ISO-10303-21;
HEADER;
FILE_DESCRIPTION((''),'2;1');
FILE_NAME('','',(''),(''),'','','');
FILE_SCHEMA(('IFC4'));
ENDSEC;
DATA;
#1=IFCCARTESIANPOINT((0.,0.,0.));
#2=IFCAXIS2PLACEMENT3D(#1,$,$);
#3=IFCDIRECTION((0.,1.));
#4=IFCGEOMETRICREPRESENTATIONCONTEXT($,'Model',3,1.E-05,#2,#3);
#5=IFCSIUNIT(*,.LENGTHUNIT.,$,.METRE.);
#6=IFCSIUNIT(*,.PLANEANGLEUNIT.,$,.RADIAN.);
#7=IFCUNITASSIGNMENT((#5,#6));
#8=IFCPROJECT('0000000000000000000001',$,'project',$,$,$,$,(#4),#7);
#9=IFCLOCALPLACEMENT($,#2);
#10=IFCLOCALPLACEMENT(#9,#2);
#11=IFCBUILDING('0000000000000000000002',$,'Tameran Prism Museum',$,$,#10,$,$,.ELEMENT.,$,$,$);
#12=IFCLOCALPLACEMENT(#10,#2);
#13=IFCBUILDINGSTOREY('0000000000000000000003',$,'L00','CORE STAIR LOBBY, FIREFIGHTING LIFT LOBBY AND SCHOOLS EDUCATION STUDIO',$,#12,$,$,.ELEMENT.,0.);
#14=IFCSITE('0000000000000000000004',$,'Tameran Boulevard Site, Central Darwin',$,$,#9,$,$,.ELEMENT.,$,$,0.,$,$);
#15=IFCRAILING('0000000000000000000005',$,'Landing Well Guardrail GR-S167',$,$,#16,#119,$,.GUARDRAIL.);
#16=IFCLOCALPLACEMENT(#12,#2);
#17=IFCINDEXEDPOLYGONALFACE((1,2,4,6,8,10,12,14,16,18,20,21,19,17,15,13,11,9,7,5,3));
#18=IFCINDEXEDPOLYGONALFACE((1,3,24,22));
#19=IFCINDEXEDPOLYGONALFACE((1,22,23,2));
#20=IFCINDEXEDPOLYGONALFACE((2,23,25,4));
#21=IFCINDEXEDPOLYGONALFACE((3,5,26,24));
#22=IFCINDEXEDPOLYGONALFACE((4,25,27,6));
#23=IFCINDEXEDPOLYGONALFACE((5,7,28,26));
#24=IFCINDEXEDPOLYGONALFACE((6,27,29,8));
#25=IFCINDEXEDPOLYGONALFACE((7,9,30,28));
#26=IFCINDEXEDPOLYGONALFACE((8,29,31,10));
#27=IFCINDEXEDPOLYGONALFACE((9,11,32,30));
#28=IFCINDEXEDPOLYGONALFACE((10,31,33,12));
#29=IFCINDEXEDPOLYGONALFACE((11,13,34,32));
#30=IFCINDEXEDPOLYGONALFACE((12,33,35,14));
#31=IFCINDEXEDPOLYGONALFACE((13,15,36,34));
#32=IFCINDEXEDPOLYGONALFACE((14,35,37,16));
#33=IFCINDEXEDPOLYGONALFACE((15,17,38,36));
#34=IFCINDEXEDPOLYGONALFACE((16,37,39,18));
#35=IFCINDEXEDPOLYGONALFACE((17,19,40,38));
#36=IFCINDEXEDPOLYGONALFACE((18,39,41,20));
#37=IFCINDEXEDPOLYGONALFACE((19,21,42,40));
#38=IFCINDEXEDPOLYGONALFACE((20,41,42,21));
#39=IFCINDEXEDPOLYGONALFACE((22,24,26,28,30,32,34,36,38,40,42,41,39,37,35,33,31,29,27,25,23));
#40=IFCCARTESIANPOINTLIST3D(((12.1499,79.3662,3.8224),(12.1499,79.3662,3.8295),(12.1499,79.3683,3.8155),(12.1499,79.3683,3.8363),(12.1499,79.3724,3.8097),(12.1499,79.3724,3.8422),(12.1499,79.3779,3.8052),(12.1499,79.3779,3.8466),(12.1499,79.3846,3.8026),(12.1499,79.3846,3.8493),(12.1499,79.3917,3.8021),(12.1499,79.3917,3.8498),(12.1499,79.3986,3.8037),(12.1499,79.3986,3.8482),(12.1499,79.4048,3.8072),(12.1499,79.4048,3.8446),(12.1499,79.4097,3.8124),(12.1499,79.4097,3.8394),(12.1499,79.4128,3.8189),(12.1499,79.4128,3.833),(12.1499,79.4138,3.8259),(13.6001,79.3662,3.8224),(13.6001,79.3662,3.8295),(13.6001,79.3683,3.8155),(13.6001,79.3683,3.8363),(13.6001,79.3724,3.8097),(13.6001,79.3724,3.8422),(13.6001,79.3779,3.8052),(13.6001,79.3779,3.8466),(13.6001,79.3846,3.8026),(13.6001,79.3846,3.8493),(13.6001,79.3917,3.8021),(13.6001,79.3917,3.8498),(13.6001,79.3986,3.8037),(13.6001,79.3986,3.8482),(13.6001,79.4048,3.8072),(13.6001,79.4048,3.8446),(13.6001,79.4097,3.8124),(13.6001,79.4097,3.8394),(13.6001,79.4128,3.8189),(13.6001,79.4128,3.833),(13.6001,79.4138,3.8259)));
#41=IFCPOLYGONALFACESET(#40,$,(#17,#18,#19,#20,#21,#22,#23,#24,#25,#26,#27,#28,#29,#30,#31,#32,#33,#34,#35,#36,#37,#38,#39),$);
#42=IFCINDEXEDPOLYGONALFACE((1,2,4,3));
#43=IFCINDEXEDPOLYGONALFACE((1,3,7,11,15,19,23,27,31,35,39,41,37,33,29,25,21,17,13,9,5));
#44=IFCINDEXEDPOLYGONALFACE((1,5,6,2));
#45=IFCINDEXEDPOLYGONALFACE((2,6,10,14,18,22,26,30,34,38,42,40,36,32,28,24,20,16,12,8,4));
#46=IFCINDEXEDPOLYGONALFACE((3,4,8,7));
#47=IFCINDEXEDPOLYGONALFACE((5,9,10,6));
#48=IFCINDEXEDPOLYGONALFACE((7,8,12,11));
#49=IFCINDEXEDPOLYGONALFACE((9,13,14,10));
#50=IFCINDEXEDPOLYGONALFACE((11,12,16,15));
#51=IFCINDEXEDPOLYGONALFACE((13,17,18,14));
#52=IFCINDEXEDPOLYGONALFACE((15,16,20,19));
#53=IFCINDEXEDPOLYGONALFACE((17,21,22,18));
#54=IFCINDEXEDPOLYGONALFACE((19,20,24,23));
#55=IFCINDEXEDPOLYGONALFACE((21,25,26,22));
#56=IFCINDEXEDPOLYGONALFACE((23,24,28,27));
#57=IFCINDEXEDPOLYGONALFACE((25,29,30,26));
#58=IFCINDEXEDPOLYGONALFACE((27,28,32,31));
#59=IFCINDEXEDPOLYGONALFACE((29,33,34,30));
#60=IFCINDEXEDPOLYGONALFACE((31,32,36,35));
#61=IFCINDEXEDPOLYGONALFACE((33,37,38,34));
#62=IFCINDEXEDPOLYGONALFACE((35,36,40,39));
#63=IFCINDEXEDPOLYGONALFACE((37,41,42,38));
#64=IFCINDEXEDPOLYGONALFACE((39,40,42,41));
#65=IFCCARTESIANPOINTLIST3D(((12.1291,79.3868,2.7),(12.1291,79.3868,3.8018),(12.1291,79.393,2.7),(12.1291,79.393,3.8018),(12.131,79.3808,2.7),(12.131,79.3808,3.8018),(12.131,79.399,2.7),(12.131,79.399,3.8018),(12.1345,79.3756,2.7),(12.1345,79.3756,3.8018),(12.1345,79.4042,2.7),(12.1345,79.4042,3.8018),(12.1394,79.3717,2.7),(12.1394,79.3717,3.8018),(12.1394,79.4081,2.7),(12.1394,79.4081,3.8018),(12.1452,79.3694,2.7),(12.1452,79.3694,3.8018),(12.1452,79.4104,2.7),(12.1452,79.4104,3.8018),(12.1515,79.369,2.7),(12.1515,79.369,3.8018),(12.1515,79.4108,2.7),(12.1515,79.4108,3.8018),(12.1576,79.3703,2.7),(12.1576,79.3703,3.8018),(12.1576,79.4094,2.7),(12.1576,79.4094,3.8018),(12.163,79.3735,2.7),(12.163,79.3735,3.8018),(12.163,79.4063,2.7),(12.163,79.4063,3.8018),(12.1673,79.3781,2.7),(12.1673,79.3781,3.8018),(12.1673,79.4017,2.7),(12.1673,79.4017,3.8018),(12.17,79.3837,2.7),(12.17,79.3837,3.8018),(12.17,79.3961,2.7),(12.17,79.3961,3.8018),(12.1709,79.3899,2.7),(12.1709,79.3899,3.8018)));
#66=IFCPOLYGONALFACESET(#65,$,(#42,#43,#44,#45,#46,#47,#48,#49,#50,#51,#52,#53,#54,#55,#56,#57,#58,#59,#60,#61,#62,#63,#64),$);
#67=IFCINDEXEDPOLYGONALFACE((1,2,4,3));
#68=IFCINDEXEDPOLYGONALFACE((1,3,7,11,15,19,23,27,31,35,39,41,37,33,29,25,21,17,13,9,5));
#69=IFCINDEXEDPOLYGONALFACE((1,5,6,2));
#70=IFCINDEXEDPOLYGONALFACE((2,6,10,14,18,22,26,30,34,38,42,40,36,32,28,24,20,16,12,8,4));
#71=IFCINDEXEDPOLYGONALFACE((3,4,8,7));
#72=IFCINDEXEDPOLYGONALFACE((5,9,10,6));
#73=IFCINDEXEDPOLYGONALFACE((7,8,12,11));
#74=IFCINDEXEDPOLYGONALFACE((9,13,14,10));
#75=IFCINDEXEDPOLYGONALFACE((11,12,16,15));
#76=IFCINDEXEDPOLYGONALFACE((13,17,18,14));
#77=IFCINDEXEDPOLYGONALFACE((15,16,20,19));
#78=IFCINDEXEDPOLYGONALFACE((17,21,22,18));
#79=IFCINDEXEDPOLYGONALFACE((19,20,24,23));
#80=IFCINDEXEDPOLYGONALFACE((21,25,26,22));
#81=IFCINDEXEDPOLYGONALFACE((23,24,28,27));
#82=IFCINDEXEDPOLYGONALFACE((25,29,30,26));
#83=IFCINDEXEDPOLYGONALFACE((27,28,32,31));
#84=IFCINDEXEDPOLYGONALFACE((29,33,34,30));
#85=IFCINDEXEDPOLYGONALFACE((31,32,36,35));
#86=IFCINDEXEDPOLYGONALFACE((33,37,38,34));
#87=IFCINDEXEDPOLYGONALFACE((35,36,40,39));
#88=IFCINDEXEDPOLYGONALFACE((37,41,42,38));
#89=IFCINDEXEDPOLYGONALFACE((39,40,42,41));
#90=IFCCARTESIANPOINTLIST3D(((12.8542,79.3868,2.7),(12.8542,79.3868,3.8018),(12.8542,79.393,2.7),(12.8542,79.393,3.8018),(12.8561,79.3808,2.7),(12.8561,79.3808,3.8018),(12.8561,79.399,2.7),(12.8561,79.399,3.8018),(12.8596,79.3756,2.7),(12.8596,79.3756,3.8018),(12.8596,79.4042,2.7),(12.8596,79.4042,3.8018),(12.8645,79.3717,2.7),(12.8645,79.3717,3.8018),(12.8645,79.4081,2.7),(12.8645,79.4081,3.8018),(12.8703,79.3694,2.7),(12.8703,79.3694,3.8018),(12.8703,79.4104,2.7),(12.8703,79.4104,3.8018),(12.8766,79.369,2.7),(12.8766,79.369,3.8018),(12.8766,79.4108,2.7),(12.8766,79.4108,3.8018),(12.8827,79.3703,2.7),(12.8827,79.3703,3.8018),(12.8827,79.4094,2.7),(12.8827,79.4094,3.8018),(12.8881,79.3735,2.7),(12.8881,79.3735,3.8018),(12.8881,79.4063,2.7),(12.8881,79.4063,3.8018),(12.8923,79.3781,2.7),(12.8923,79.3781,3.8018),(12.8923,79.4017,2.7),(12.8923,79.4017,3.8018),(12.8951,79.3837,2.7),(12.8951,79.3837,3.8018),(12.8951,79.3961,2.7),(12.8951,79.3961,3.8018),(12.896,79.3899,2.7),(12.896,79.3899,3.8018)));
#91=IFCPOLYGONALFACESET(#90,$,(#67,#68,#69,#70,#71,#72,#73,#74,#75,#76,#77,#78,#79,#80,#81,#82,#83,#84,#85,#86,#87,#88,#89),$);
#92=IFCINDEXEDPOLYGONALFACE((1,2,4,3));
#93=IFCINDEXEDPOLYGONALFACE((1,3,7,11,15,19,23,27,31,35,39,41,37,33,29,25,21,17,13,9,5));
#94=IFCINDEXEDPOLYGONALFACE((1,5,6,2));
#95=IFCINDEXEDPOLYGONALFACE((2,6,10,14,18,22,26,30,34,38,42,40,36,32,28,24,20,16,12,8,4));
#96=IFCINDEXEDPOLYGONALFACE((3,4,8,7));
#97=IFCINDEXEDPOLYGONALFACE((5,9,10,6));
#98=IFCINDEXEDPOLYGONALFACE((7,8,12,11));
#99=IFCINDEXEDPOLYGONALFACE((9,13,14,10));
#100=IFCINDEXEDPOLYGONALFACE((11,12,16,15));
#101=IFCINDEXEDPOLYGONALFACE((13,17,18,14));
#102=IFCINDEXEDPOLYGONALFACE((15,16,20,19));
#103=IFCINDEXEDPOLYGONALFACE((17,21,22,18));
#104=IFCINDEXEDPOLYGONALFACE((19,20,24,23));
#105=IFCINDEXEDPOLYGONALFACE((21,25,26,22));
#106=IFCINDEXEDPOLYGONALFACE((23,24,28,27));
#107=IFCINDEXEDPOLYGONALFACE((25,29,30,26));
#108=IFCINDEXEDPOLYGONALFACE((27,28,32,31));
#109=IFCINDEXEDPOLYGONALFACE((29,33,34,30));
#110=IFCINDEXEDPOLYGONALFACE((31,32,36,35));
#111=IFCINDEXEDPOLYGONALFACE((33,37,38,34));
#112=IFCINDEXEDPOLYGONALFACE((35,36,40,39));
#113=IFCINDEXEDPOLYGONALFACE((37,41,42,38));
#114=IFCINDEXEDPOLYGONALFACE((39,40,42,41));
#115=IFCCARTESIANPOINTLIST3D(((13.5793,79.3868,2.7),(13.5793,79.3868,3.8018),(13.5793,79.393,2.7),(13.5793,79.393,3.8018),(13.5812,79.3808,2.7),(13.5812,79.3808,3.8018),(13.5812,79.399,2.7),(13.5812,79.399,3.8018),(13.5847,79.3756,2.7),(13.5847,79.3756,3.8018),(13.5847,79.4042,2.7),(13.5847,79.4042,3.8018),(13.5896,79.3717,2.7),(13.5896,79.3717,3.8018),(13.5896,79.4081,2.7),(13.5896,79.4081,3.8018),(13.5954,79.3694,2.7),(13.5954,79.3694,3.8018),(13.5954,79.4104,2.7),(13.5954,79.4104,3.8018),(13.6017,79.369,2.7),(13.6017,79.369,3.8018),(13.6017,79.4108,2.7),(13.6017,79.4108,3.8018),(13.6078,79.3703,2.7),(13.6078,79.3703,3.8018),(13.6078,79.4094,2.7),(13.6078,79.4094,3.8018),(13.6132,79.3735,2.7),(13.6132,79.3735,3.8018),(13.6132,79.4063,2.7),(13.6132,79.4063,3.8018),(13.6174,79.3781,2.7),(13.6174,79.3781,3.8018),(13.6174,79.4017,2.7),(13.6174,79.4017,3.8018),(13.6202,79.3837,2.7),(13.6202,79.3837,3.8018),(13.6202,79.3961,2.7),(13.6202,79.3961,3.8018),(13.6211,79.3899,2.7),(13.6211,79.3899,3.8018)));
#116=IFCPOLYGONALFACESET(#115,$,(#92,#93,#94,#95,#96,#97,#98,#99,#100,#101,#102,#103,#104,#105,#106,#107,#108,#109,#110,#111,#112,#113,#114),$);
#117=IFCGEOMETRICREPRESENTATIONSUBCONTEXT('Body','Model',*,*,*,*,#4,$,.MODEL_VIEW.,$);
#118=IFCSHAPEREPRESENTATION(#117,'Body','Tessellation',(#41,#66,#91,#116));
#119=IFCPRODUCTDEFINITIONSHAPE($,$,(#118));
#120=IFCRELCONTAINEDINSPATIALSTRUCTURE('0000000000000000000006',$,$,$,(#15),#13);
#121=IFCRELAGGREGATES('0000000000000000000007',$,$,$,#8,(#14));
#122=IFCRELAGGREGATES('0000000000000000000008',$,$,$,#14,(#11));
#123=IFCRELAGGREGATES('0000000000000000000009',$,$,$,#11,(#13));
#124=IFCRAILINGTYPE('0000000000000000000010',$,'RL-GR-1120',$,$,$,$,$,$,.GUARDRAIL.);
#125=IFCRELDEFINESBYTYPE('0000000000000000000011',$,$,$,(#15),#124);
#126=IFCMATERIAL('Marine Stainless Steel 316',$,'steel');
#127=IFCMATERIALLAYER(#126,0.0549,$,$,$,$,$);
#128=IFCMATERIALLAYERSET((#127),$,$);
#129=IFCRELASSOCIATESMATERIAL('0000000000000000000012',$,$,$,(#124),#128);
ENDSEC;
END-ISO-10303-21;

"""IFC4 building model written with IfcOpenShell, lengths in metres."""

from ifc_helpers import new_model, si_unit, direction, frame, origin, origin_2d, place, context, subcontext, project, spatial, circle, extrude, material, layer, layer_set, type_object, element, save


model = new_model("IFC4")

# Units and contexts
model_context = context("Model", 3, precision=1e-05, world=origin(), true_north=direction((0.0, 1.0)))
body_context = subcontext(model_context, "Body", "Model", "MODEL_VIEW")
ifc_project = project(units=[si_unit("LENGTHUNIT", "METRE"), si_unit("PLANEANGLEUNIT", "RADIAN")], contexts=[model_context])

# Site, building, storey
site_placement = place(None, origin())
site = spatial("IfcSite", under=ifc_project, at=site_placement, Name="Tameran Boulevard Site, Central Darwin", CompositionType="ELEMENT", RefElevation=0.0)
building_placement = place(site_placement, origin())
building = spatial("IfcBuilding", under=site, at=building_placement, Name="Tameran Prism Museum", CompositionType="ELEMENT")
storey_placement = place(building_placement, origin())
storey = spatial("IfcBuildingStorey", under=building, at=storey_placement, Name="L00", Description="CORE STAIR LOBBY, FIREFIGHTING LIFT LOBBY AND SCHOOLS EDUCATION STUDIO", CompositionType="ELEMENT", Elevation=0.0)

# Railing
ifc_material_1 = material(Name="Marine Stainless Steel 316", Category="steel")
ifc_layer_1 = layer(ifc_material_1, 0.0549)
ifc_layer_set_1 = layer_set([ifc_layer_1])
railing_type_1 = type_object("IfcRailingType", Name="RL-GR-1120", PredefinedType="GUARDRAIL", material=ifc_layer_set_1)
railing_1_placement = place(storey_placement, frame((12.1499, 79.3899, 2.7)))
element("IfcRailing", 1, at=railing_1_placement, inside=storey, type_object=railing_type_1, Name="Landing Well Guardrail GR-S167", PredefinedType="GUARDRAIL", context=body_context, shape_type="SweptSolid", body=[
    extrude(circle(Radius=0.0239, at=origin_2d()), frame((0.0, 0.0, 1.126), z_axis=(1.0, 0.0, 0.0), x_axis=(0.0, 1.0, 0.0)), (0.0, 0.0, 1.0), 1.4502),
    extrude(circle(Radius=0.021, at=origin_2d()), origin(), (0.0, 0.0, 1.0), 1.1018),
    extrude(circle(Radius=0.021, at=origin_2d()), frame((0.7251, 0.0, 0.0)), (0.0, 0.0, 1.0), 1.1018),
    extrude(circle(Radius=0.021, at=origin_2d()), frame((1.4502, 0.0, 0.0)), (0.0, 0.0, 1.0), 1.1018),
])

save(model, "model.ifc")
